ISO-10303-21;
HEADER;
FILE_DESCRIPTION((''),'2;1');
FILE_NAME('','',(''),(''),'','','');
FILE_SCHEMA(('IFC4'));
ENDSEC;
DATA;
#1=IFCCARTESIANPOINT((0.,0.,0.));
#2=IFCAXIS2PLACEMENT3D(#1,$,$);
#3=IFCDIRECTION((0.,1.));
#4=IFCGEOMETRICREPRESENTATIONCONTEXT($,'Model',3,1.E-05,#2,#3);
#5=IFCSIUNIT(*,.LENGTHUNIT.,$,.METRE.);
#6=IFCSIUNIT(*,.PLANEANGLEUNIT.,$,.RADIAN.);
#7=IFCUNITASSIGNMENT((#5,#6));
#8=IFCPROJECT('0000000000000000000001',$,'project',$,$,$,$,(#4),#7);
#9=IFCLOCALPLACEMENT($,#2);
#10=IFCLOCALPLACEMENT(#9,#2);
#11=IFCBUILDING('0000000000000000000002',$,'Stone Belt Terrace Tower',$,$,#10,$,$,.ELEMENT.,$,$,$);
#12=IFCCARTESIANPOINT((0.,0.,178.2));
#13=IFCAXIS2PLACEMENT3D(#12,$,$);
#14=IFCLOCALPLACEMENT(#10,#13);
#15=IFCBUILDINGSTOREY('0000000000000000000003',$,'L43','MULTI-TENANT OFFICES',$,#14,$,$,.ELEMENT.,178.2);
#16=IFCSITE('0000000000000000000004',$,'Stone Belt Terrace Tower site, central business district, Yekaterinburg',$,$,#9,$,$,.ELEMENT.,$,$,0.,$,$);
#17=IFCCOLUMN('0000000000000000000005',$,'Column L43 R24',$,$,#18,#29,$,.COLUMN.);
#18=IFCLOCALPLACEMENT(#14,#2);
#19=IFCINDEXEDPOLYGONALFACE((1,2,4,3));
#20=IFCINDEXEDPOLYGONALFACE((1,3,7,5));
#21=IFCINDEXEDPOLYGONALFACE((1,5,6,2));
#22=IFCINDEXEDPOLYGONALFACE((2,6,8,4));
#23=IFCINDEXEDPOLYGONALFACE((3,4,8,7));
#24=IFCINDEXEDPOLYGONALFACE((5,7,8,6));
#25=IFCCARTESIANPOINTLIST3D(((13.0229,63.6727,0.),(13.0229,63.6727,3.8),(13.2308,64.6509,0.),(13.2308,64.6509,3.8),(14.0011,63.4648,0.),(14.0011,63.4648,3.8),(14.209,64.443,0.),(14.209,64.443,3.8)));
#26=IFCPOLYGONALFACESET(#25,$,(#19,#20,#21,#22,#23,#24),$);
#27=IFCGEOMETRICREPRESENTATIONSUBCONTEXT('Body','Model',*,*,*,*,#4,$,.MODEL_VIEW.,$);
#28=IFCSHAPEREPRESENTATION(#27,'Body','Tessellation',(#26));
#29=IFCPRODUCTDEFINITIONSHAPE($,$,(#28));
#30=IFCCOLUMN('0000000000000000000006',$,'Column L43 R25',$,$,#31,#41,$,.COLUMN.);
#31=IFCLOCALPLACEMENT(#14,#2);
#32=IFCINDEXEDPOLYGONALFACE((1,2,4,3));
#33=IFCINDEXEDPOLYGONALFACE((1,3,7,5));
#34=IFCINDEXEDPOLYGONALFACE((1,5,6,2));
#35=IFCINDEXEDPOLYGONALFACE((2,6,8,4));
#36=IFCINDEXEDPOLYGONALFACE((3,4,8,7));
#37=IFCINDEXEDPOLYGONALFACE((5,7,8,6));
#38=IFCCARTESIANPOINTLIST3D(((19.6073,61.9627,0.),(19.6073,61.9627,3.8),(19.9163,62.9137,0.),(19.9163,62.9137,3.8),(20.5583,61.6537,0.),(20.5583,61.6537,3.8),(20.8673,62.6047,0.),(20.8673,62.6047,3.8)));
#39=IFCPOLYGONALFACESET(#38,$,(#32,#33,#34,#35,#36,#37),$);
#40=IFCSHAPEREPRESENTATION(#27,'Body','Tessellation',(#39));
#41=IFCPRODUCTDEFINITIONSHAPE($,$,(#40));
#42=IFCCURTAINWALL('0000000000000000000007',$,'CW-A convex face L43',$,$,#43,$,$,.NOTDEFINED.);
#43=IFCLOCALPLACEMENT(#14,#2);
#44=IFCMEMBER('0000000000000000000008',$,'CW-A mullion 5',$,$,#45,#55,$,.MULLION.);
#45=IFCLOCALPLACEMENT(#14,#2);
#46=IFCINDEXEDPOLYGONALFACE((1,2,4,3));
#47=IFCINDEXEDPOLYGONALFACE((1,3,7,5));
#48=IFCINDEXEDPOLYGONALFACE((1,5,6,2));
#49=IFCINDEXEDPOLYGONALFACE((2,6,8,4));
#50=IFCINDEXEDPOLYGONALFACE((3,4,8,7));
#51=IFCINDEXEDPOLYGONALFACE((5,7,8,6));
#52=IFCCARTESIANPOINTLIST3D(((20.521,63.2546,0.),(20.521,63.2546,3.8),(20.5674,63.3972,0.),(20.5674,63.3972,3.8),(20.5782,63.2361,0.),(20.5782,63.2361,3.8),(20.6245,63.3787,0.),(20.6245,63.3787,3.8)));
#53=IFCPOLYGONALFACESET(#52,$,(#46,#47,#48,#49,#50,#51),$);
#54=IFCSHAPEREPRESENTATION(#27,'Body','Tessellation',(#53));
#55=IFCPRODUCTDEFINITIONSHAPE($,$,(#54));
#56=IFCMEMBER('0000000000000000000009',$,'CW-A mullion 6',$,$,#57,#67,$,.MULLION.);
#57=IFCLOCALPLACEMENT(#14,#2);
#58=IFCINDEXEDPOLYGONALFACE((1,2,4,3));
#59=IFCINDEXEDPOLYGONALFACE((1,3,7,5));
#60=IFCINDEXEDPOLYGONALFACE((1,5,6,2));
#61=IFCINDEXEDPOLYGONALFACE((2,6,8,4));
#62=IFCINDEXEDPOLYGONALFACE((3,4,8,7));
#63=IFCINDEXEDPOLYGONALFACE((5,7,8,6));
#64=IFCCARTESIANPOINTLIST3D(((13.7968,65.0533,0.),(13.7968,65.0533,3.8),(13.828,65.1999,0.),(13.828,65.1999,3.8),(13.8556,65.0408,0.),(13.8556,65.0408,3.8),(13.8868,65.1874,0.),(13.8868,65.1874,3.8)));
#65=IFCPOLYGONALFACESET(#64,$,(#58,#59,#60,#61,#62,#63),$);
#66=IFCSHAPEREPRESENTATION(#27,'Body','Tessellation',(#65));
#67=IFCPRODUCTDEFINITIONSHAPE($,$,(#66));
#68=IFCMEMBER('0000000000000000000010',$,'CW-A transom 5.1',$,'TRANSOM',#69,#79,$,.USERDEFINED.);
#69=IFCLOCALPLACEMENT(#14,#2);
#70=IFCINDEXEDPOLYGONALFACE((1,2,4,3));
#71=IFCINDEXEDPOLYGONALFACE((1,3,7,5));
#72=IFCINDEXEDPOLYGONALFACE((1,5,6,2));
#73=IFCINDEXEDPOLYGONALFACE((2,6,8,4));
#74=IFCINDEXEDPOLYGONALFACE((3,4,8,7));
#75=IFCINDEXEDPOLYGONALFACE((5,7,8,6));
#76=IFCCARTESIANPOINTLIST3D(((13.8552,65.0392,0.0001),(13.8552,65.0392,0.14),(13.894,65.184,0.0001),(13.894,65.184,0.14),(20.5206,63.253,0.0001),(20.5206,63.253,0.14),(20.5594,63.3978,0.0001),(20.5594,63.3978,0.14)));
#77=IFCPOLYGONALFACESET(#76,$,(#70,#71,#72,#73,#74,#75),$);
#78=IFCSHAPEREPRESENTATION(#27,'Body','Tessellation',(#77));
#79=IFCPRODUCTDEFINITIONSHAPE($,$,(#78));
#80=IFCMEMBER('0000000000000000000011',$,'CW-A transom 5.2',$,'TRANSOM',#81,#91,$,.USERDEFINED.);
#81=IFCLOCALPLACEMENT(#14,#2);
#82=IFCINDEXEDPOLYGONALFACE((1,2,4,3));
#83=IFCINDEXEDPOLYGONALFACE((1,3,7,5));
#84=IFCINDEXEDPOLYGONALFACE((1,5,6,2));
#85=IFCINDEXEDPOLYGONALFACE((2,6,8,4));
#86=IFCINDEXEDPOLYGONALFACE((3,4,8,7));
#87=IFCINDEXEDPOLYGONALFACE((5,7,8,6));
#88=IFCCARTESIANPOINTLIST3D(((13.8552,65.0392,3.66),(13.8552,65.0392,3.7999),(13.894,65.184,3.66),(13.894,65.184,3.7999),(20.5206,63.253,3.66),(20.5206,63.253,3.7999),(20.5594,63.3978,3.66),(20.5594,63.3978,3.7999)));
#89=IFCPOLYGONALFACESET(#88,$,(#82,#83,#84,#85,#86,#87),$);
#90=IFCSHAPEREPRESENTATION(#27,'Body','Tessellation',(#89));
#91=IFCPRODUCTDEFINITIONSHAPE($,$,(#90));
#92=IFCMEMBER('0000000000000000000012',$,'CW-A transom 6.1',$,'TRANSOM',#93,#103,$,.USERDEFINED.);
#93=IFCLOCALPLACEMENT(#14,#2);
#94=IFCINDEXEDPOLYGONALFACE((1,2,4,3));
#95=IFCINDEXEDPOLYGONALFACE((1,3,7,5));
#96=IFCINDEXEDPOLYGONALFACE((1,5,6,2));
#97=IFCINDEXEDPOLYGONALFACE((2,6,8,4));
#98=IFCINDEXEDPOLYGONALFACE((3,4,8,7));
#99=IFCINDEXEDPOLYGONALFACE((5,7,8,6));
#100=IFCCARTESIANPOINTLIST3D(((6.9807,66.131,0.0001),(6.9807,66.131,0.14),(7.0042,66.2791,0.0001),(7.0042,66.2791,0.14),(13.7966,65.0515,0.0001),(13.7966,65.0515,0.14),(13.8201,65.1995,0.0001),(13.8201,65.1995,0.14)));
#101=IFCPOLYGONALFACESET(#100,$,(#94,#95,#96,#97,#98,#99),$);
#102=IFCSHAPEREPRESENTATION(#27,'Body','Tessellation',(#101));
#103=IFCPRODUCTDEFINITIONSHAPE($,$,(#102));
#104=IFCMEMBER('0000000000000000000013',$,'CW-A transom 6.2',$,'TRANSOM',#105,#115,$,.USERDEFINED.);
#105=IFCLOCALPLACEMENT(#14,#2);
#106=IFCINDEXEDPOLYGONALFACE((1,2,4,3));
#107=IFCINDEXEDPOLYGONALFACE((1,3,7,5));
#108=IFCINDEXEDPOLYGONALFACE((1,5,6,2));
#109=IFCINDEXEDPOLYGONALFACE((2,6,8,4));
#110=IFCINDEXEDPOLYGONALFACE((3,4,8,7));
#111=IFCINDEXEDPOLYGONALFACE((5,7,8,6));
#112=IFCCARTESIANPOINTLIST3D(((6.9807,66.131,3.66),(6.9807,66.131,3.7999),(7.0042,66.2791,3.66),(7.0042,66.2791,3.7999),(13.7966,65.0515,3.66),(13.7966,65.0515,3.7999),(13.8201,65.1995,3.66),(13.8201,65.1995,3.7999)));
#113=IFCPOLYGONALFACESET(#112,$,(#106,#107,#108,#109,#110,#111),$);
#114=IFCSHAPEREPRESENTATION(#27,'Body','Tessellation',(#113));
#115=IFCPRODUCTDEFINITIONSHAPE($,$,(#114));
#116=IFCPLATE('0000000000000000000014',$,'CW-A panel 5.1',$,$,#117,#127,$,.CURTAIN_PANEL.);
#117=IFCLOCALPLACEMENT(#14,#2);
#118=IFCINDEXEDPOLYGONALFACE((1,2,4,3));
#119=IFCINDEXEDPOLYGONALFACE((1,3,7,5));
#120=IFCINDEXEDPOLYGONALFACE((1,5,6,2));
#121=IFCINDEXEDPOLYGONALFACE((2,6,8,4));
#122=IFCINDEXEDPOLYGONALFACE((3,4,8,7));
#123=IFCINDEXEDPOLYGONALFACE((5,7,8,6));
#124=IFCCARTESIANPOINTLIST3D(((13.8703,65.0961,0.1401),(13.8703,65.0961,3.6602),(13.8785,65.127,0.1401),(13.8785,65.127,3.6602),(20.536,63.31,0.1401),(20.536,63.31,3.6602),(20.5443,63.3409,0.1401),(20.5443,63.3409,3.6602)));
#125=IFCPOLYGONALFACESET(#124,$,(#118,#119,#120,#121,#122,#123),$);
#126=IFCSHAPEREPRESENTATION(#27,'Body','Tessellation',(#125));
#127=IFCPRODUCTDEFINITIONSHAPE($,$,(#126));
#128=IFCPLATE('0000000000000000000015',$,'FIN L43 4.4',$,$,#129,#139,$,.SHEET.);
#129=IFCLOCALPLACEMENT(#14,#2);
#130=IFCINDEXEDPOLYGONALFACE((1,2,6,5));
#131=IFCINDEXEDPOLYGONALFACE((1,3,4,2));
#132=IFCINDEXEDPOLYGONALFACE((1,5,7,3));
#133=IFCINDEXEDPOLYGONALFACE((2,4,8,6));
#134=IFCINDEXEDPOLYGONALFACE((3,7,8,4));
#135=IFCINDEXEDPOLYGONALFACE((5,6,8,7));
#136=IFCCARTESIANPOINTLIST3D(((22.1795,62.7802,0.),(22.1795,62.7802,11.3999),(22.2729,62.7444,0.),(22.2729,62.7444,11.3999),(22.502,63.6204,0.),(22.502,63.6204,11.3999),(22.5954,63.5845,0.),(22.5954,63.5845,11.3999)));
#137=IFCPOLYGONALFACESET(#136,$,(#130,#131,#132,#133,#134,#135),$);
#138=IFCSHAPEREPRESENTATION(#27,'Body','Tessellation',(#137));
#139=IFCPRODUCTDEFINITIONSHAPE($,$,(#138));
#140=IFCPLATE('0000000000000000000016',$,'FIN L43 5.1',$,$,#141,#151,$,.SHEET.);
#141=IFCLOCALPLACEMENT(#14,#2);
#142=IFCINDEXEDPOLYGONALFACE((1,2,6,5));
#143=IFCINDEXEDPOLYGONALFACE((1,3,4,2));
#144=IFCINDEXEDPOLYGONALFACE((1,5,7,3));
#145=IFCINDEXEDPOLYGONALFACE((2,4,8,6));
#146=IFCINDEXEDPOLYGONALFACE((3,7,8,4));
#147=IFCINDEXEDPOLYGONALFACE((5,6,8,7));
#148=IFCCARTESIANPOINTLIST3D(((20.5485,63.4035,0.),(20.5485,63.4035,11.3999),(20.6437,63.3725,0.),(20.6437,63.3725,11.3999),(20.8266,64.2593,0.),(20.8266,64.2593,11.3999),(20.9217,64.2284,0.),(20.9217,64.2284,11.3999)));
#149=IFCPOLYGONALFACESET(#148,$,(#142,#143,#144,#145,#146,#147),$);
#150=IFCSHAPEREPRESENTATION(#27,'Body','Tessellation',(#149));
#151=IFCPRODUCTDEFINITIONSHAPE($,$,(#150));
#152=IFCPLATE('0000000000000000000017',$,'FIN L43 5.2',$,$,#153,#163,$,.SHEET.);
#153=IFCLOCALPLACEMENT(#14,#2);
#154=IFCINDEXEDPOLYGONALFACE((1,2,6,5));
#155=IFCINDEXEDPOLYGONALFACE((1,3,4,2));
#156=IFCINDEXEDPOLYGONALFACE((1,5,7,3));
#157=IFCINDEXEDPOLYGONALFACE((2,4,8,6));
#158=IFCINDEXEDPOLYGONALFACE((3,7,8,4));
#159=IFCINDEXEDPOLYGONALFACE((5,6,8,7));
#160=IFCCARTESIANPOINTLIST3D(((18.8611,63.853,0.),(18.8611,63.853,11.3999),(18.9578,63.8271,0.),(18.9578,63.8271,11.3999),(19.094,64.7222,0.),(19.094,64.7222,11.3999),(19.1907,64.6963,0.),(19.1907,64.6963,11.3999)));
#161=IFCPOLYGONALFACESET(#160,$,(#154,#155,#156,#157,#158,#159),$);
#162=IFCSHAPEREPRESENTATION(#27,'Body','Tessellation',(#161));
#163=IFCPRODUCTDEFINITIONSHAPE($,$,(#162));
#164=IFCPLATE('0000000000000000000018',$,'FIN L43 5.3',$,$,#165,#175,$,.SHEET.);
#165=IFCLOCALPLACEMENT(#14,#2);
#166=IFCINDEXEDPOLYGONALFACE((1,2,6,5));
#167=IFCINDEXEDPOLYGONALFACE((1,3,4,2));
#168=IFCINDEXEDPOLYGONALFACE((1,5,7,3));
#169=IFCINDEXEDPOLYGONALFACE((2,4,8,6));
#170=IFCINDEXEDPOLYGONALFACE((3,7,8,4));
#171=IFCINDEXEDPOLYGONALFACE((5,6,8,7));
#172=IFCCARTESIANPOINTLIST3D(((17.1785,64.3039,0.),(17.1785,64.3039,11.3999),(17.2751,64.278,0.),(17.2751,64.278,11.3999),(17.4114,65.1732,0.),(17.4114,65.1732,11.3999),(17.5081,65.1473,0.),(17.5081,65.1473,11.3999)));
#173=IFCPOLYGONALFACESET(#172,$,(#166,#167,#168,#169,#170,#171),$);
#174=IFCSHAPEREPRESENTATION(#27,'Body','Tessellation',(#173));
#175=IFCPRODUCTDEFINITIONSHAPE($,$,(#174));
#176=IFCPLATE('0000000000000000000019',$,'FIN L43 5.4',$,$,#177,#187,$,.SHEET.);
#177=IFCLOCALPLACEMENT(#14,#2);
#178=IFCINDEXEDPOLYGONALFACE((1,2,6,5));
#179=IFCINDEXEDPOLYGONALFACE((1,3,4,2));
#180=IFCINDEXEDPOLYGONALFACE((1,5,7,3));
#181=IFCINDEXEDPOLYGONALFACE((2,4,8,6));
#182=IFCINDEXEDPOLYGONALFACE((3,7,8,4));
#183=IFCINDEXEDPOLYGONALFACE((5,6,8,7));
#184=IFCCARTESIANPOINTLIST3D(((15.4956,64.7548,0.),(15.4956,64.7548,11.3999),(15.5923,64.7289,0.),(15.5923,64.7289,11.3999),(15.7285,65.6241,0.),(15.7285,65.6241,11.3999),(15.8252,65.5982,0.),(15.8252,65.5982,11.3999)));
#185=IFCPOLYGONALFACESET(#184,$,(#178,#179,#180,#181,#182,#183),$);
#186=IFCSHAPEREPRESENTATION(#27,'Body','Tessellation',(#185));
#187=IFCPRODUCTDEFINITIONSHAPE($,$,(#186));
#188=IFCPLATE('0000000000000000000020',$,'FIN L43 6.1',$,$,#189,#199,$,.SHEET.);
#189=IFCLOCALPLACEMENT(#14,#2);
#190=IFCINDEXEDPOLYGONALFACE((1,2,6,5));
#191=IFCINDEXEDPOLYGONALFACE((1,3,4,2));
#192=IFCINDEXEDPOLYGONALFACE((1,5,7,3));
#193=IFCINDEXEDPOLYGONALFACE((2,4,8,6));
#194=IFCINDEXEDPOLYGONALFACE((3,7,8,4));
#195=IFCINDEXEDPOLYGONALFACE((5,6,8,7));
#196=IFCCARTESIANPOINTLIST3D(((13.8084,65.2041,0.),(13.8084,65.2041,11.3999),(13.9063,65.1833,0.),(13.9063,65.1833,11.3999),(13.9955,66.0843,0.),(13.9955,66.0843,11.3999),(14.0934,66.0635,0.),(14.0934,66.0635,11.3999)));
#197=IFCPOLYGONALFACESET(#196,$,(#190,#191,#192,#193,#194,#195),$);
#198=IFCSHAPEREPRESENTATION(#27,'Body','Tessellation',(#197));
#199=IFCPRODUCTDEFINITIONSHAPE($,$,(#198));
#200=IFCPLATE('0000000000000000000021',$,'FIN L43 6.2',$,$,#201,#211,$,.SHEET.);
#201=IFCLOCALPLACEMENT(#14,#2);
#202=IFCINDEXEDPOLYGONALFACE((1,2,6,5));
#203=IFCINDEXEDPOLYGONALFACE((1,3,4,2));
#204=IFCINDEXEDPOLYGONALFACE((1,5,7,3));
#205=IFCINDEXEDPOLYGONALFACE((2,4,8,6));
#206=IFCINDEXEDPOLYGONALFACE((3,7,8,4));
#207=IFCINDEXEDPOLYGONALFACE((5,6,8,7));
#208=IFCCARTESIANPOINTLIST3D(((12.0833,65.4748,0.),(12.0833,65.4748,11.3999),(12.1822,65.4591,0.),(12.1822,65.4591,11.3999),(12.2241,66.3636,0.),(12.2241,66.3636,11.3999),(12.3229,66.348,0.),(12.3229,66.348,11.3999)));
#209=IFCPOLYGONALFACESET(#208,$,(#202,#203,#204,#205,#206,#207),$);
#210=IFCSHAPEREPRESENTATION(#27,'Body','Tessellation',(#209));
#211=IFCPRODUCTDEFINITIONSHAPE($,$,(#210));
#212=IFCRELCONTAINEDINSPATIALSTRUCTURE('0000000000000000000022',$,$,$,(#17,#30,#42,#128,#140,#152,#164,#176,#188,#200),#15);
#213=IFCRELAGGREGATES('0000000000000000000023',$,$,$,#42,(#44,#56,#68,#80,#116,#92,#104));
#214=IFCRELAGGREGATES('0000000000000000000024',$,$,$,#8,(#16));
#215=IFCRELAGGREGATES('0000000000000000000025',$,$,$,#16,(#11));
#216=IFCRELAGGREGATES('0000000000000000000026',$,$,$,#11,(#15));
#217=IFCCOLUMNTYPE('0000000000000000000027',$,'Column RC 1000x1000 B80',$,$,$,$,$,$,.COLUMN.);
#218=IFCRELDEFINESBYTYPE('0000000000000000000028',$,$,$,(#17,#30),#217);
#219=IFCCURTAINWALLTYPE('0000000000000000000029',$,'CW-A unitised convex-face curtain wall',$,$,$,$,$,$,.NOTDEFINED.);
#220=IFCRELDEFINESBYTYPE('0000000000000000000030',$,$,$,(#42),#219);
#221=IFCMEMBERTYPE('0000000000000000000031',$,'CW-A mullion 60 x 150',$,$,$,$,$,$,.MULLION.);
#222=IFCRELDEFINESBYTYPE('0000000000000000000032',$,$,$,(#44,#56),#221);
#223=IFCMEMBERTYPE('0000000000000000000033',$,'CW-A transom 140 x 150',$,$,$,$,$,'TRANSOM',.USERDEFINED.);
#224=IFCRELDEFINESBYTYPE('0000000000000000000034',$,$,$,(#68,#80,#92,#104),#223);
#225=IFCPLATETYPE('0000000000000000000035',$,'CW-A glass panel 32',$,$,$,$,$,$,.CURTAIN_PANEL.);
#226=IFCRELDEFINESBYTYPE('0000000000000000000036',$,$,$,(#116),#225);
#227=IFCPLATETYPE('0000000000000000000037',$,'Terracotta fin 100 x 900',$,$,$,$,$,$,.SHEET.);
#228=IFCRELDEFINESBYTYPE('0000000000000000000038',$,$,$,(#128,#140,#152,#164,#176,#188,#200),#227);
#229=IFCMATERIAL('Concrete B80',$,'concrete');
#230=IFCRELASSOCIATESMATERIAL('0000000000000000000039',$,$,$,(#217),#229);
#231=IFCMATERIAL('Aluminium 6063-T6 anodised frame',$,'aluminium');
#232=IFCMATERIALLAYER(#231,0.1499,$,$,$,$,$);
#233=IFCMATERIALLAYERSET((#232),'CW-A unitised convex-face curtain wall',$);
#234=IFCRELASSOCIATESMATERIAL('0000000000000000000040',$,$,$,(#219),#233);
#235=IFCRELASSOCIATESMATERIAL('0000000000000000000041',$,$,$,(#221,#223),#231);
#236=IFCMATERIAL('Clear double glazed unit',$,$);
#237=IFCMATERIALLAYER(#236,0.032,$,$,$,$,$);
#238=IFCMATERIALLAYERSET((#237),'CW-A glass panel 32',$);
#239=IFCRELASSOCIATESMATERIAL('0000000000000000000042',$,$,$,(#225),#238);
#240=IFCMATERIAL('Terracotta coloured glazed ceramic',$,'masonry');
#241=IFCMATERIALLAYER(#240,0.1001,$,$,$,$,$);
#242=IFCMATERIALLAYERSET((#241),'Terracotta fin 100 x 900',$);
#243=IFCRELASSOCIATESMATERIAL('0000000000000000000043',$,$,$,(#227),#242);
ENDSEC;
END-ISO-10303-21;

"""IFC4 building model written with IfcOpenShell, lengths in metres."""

from ifc_helpers import new_model, si_unit, direction, frame, origin, origin_2d, place, context, subcontext, project, spatial, rectangle, extrude, material, layer, layer_set, material_profile, profile_set, type_object, element, aggregate, save


model = new_model("IFC4")

# Units and contexts
model_context = context("Model", 3, precision=1e-05, world=origin(), true_north=direction((0.0, 1.0)))
body_context = subcontext(model_context, "Body", "Model", "MODEL_VIEW")
ifc_project = project(units=[si_unit("LENGTHUNIT", "METRE"), si_unit("PLANEANGLEUNIT", "RADIAN")], contexts=[model_context])

# Site, building, storey
site_placement = place(None, origin())
site = spatial("IfcSite", under=ifc_project, at=site_placement, Name="Stone Belt Terrace Tower site, central business district, Yekaterinburg", CompositionType="ELEMENT", RefElevation=0.0)
building_placement = place(site_placement, origin())
building = spatial("IfcBuilding", under=site, at=building_placement, Name="Stone Belt Terrace Tower", CompositionType="ELEMENT")
storey_placement = place(building_placement, frame((0.0, 0.0, 178.2)))
storey = spatial("IfcBuildingStorey", under=building, at=storey_placement, Name="L43", Description="MULTI-TENANT OFFICES", CompositionType="ELEMENT", Elevation=178.2)

# Columns
ifc_material_1 = material(Name="Concrete B80", Category="concrete")
ifc_material_profile_1 = material_profile(ifc_material_1, rectangle(XDim=1.0, YDim=1.0, at=origin_2d()), Name="RC 1000x1000")
ifc_profile_set_1 = profile_set([ifc_material_profile_1], Name="Concrete B80")
column_type = type_object("IfcColumnType", Name="Column RC 1000x1000 B80", PredefinedType="COLUMN", material=ifc_profile_set_1)
for number, where, z_axis, x_axis, name in (
    (1, (13.616, 64.0579, 0.0), (0.0, 0.0, 1.0), (0.978148, -0.207912, 0.0), "Column L43 R24"),
    (2, (20.2373, 62.2837, 0.0), (0.0, 0.0, 1.0), (0.951057, -0.309017, 0.0), "Column L43 R25"),
):
    element("IfcColumn", number, at=place(storey_placement, frame(where, z_axis=z_axis, x_axis=x_axis)), inside=storey, type_object=column_type, Name=name, PredefinedType="COLUMN", context=body_context, shape_type="SweptSolid", body=[
        extrude(rectangle(XDim=1.0, YDim=1.0, at=origin_2d()), origin(), (0.0, 0.0, 1.0), 3.8),
    ])

# Curtain wall, members, plate
ifc_material_2 = material(Name="Aluminium 6063-T6 anodised frame", Category="aluminium")
ifc_layer_1 = layer(ifc_material_2, 0.1499)
ifc_layer_set_1 = layer_set([ifc_layer_1], Name="CW-A unitised convex-face curtain wall")
curtain_wall_type = type_object("IfcCurtainWallType", Name="CW-A unitised convex-face curtain wall", PredefinedType="NOTDEFINED", material=ifc_layer_set_1)
curtain_wall_placement = place(storey_placement, origin())
curtain_wall = element("IfcCurtainWall", 3, at=curtain_wall_placement, inside=storey, type_object=curtain_wall_type, Name="CW-A convex face L43", PredefinedType="NOTDEFINED")
ifc_material_profile_2 = material_profile(ifc_material_2, rectangle(XDim=0.1499, YDim=0.0601, at=origin_2d()), Name="Aluminium 6063-T6 60x150")
ifc_profile_set_2 = profile_set([ifc_material_profile_2], Name="Aluminium 6063-T6 anodised frame")
member_type_1 = type_object("IfcMemberType", Name="CW-A mullion 60 x 150", PredefinedType="MULLION", material=ifc_profile_set_2)
member_1_placement = place(storey_placement, frame((20.5728, 63.3167, 0.0), z_axis=(0.0, 0.0, 1.0), x_axis=(-0.309017, -0.951057, 0.0)))
member_1 = element("IfcMember", 4, at=member_1_placement, type_object=member_type_1, Name="CW-A mullion 5", PredefinedType="MULLION", context=body_context, shape_type="SweptSolid", body=[
    extrude(rectangle(XDim=0.1499, YDim=0.0601, at=origin_2d()), origin(), (0.0, 0.0, 1.0), 3.8),
])
member_2_placement = place(storey_placement, frame((13.8418, 65.1204, 0.0), z_axis=(0.0, 0.0, 1.0), x_axis=(-0.207912, -0.978148, 0.0)))
member_2 = element("IfcMember", 5, at=member_2_placement, type_object=member_type_1, Name="CW-A mullion 6", PredefinedType="MULLION", context=body_context, shape_type="SweptSolid", body=[
    extrude(rectangle(XDim=0.1499, YDim=0.0601, at=origin_2d()), origin(), (0.0, 0.0, 1.0), 3.8),
])
ifc_material_profile_3 = material_profile(ifc_material_2, rectangle(XDim=0.1499, YDim=0.1399, at=origin_2d()), Name="Aluminium 6063-T6 150x140")
ifc_profile_set_3 = profile_set([ifc_material_profile_3], Name="Aluminium 6063-T6 anodised frame")
member_type_2 = type_object("IfcMemberType", Name="CW-A transom 140 x 150", ElementType="TRANSOM", PredefinedType="USERDEFINED", material=ifc_profile_set_3)
member_3_placement = place(storey_placement, frame((20.54, 63.3254, 0.0701), z_axis=(-0.965922, 0.258834, 0.0), x_axis=(-0.258834, -0.965922, 0.0)))
member_3 = element("IfcMember", 6, at=member_3_placement, type_object=member_type_2, Name="CW-A transom 5.1", ObjectType="TRANSOM", PredefinedType="USERDEFINED", context=body_context, shape_type="SweptSolid", body=[
    extrude(rectangle(XDim=0.1499, YDim=0.1399, at=origin_2d()), origin(), (0.0, 0.0, 1.0), 6.9006),
])
member_4_placement = place(storey_placement, frame((20.54, 63.3254, 3.73), z_axis=(-0.965922, 0.258834, 0.0), x_axis=(-0.258834, -0.965922, 0.0)))
member_4 = element("IfcMember", 7, at=member_4_placement, type_object=member_type_2, Name="CW-A transom 5.2", ObjectType="TRANSOM", PredefinedType="USERDEFINED", context=body_context, shape_type="SweptSolid", body=[
    extrude(rectangle(XDim=0.1499, YDim=0.1399, at=origin_2d()), origin(), (0.0, 0.0, 1.0), 6.9006),
])
member_5_placement = place(storey_placement, frame((13.8083, 65.1255, 0.0701), z_axis=(-0.987687, 0.156442, 0.0), x_axis=(-0.156442, -0.987687, 0.0)))
member_5 = element("IfcMember", 8, at=member_5_placement, type_object=member_type_2, Name="CW-A transom 6.1", ObjectType="TRANSOM", PredefinedType="USERDEFINED", context=body_context, shape_type="SweptSolid", body=[
    extrude(rectangle(XDim=0.1499, YDim=0.1399, at=origin_2d()), origin(), (0.0, 0.0, 1.0), 6.9009),
])
member_6_placement = place(storey_placement, frame((13.8083, 65.1255, 3.73), z_axis=(-0.987687, 0.156442, 0.0), x_axis=(-0.156442, -0.987687, 0.0)))
member_6 = element("IfcMember", 9, at=member_6_placement, type_object=member_type_2, Name="CW-A transom 6.2", ObjectType="TRANSOM", PredefinedType="USERDEFINED", context=body_context, shape_type="SweptSolid", body=[
    extrude(rectangle(XDim=0.1499, YDim=0.1399, at=origin_2d()), origin(), (0.0, 0.0, 1.0), 6.9009),
])
ifc_material_3 = material(Name="Clear double glazed unit")
ifc_layer_2 = layer(ifc_material_3, 0.032)
ifc_layer_set_2 = layer_set([ifc_layer_2], Name="CW-A glass panel 32")
plate_type_1 = type_object("IfcPlateType", Name="CW-A glass panel 32", PredefinedType="CURTAIN_PANEL", material=ifc_layer_set_2)
plate_placement = place(storey_placement, frame((17.2073, 64.2185, 0.1401), z_axis=(0.0, 0.0, 1.0), x_axis=(-0.965926, 0.258819, 0.0)))
plate = element("IfcPlate", 10, at=plate_placement, type_object=plate_type_1, Name="CW-A panel 5.1", PredefinedType="CURTAIN_PANEL", context=body_context, shape_type="SweptSolid", body=[
    extrude(rectangle(XDim=6.9009, YDim=0.032, at=origin_2d()), origin(), (0.0, 0.0, 1.0), 3.52),
])
aggregate(curtain_wall, [member_1, member_2, member_3, member_4, plate, member_5, member_6])

# Plates
ifc_material_4 = material(Name="Terracotta coloured glazed ceramic", Category="masonry")
ifc_layer_3 = layer(ifc_material_4, 0.1001)
ifc_layer_set_3 = layer_set([ifc_layer_3], Name="Terracotta fin 100 x 900")
plate_type_2 = type_object("IfcPlateType", Name="Terracotta fin 100 x 900", PredefinedType="SHEET", material=ifc_layer_set_3)
for number, where, z_axis, x_axis, name in (
    (11, (22.3875, 63.1824, 0.0), (0.0, 0.0, 1.0), (0.358368, 0.93358, 0.0), "FIN L43 4.4"),
    (12, (20.7351, 63.8159, 0.0), (0.0, 0.0, 1.0), (0.309017, 0.951057, 0.0), "FIN L43 5.1"),
    (13, (19.0259, 64.2747, 0.0), (0.0, 0.0, 1.0), (0.258819, 0.965926, 0.0), "FIN L43 5.2"),
    (14, (17.3433, 64.7256, 0.0), (0.0, 0.0, 1.0), (0.258819, 0.965926, 0.0), "FIN L43 5.3"),
    (15, (15.6604, 65.1765, 0.0), (0.0, 0.0, 1.0), (0.258819, 0.965926, 0.0), "FIN L43 5.4"),
    (16, (13.9509, 65.6338, 0.0), (0.0, 0.0, 1.0), (0.207912, 0.978148, 0.0), "FIN L43 6.1"),
    (17, (12.2031, 65.9114, 0.0), (0.0, 0.0, 1.0), (0.156434, 0.987688, 0.0), "FIN L43 6.2"),
):
    element("IfcPlate", number, at=place(storey_placement, frame(where, z_axis=z_axis, x_axis=x_axis)), inside=storey, type_object=plate_type_2, Name=name, PredefinedType="SHEET", context=body_context, shape_type="SweptSolid", body=[
        extrude(rectangle(XDim=0.8999, YDim=0.1001, at=origin_2d()), origin(), (0.0, 0.0, 1.0), 11.3999),
    ])

save(model, "model.ifc")
